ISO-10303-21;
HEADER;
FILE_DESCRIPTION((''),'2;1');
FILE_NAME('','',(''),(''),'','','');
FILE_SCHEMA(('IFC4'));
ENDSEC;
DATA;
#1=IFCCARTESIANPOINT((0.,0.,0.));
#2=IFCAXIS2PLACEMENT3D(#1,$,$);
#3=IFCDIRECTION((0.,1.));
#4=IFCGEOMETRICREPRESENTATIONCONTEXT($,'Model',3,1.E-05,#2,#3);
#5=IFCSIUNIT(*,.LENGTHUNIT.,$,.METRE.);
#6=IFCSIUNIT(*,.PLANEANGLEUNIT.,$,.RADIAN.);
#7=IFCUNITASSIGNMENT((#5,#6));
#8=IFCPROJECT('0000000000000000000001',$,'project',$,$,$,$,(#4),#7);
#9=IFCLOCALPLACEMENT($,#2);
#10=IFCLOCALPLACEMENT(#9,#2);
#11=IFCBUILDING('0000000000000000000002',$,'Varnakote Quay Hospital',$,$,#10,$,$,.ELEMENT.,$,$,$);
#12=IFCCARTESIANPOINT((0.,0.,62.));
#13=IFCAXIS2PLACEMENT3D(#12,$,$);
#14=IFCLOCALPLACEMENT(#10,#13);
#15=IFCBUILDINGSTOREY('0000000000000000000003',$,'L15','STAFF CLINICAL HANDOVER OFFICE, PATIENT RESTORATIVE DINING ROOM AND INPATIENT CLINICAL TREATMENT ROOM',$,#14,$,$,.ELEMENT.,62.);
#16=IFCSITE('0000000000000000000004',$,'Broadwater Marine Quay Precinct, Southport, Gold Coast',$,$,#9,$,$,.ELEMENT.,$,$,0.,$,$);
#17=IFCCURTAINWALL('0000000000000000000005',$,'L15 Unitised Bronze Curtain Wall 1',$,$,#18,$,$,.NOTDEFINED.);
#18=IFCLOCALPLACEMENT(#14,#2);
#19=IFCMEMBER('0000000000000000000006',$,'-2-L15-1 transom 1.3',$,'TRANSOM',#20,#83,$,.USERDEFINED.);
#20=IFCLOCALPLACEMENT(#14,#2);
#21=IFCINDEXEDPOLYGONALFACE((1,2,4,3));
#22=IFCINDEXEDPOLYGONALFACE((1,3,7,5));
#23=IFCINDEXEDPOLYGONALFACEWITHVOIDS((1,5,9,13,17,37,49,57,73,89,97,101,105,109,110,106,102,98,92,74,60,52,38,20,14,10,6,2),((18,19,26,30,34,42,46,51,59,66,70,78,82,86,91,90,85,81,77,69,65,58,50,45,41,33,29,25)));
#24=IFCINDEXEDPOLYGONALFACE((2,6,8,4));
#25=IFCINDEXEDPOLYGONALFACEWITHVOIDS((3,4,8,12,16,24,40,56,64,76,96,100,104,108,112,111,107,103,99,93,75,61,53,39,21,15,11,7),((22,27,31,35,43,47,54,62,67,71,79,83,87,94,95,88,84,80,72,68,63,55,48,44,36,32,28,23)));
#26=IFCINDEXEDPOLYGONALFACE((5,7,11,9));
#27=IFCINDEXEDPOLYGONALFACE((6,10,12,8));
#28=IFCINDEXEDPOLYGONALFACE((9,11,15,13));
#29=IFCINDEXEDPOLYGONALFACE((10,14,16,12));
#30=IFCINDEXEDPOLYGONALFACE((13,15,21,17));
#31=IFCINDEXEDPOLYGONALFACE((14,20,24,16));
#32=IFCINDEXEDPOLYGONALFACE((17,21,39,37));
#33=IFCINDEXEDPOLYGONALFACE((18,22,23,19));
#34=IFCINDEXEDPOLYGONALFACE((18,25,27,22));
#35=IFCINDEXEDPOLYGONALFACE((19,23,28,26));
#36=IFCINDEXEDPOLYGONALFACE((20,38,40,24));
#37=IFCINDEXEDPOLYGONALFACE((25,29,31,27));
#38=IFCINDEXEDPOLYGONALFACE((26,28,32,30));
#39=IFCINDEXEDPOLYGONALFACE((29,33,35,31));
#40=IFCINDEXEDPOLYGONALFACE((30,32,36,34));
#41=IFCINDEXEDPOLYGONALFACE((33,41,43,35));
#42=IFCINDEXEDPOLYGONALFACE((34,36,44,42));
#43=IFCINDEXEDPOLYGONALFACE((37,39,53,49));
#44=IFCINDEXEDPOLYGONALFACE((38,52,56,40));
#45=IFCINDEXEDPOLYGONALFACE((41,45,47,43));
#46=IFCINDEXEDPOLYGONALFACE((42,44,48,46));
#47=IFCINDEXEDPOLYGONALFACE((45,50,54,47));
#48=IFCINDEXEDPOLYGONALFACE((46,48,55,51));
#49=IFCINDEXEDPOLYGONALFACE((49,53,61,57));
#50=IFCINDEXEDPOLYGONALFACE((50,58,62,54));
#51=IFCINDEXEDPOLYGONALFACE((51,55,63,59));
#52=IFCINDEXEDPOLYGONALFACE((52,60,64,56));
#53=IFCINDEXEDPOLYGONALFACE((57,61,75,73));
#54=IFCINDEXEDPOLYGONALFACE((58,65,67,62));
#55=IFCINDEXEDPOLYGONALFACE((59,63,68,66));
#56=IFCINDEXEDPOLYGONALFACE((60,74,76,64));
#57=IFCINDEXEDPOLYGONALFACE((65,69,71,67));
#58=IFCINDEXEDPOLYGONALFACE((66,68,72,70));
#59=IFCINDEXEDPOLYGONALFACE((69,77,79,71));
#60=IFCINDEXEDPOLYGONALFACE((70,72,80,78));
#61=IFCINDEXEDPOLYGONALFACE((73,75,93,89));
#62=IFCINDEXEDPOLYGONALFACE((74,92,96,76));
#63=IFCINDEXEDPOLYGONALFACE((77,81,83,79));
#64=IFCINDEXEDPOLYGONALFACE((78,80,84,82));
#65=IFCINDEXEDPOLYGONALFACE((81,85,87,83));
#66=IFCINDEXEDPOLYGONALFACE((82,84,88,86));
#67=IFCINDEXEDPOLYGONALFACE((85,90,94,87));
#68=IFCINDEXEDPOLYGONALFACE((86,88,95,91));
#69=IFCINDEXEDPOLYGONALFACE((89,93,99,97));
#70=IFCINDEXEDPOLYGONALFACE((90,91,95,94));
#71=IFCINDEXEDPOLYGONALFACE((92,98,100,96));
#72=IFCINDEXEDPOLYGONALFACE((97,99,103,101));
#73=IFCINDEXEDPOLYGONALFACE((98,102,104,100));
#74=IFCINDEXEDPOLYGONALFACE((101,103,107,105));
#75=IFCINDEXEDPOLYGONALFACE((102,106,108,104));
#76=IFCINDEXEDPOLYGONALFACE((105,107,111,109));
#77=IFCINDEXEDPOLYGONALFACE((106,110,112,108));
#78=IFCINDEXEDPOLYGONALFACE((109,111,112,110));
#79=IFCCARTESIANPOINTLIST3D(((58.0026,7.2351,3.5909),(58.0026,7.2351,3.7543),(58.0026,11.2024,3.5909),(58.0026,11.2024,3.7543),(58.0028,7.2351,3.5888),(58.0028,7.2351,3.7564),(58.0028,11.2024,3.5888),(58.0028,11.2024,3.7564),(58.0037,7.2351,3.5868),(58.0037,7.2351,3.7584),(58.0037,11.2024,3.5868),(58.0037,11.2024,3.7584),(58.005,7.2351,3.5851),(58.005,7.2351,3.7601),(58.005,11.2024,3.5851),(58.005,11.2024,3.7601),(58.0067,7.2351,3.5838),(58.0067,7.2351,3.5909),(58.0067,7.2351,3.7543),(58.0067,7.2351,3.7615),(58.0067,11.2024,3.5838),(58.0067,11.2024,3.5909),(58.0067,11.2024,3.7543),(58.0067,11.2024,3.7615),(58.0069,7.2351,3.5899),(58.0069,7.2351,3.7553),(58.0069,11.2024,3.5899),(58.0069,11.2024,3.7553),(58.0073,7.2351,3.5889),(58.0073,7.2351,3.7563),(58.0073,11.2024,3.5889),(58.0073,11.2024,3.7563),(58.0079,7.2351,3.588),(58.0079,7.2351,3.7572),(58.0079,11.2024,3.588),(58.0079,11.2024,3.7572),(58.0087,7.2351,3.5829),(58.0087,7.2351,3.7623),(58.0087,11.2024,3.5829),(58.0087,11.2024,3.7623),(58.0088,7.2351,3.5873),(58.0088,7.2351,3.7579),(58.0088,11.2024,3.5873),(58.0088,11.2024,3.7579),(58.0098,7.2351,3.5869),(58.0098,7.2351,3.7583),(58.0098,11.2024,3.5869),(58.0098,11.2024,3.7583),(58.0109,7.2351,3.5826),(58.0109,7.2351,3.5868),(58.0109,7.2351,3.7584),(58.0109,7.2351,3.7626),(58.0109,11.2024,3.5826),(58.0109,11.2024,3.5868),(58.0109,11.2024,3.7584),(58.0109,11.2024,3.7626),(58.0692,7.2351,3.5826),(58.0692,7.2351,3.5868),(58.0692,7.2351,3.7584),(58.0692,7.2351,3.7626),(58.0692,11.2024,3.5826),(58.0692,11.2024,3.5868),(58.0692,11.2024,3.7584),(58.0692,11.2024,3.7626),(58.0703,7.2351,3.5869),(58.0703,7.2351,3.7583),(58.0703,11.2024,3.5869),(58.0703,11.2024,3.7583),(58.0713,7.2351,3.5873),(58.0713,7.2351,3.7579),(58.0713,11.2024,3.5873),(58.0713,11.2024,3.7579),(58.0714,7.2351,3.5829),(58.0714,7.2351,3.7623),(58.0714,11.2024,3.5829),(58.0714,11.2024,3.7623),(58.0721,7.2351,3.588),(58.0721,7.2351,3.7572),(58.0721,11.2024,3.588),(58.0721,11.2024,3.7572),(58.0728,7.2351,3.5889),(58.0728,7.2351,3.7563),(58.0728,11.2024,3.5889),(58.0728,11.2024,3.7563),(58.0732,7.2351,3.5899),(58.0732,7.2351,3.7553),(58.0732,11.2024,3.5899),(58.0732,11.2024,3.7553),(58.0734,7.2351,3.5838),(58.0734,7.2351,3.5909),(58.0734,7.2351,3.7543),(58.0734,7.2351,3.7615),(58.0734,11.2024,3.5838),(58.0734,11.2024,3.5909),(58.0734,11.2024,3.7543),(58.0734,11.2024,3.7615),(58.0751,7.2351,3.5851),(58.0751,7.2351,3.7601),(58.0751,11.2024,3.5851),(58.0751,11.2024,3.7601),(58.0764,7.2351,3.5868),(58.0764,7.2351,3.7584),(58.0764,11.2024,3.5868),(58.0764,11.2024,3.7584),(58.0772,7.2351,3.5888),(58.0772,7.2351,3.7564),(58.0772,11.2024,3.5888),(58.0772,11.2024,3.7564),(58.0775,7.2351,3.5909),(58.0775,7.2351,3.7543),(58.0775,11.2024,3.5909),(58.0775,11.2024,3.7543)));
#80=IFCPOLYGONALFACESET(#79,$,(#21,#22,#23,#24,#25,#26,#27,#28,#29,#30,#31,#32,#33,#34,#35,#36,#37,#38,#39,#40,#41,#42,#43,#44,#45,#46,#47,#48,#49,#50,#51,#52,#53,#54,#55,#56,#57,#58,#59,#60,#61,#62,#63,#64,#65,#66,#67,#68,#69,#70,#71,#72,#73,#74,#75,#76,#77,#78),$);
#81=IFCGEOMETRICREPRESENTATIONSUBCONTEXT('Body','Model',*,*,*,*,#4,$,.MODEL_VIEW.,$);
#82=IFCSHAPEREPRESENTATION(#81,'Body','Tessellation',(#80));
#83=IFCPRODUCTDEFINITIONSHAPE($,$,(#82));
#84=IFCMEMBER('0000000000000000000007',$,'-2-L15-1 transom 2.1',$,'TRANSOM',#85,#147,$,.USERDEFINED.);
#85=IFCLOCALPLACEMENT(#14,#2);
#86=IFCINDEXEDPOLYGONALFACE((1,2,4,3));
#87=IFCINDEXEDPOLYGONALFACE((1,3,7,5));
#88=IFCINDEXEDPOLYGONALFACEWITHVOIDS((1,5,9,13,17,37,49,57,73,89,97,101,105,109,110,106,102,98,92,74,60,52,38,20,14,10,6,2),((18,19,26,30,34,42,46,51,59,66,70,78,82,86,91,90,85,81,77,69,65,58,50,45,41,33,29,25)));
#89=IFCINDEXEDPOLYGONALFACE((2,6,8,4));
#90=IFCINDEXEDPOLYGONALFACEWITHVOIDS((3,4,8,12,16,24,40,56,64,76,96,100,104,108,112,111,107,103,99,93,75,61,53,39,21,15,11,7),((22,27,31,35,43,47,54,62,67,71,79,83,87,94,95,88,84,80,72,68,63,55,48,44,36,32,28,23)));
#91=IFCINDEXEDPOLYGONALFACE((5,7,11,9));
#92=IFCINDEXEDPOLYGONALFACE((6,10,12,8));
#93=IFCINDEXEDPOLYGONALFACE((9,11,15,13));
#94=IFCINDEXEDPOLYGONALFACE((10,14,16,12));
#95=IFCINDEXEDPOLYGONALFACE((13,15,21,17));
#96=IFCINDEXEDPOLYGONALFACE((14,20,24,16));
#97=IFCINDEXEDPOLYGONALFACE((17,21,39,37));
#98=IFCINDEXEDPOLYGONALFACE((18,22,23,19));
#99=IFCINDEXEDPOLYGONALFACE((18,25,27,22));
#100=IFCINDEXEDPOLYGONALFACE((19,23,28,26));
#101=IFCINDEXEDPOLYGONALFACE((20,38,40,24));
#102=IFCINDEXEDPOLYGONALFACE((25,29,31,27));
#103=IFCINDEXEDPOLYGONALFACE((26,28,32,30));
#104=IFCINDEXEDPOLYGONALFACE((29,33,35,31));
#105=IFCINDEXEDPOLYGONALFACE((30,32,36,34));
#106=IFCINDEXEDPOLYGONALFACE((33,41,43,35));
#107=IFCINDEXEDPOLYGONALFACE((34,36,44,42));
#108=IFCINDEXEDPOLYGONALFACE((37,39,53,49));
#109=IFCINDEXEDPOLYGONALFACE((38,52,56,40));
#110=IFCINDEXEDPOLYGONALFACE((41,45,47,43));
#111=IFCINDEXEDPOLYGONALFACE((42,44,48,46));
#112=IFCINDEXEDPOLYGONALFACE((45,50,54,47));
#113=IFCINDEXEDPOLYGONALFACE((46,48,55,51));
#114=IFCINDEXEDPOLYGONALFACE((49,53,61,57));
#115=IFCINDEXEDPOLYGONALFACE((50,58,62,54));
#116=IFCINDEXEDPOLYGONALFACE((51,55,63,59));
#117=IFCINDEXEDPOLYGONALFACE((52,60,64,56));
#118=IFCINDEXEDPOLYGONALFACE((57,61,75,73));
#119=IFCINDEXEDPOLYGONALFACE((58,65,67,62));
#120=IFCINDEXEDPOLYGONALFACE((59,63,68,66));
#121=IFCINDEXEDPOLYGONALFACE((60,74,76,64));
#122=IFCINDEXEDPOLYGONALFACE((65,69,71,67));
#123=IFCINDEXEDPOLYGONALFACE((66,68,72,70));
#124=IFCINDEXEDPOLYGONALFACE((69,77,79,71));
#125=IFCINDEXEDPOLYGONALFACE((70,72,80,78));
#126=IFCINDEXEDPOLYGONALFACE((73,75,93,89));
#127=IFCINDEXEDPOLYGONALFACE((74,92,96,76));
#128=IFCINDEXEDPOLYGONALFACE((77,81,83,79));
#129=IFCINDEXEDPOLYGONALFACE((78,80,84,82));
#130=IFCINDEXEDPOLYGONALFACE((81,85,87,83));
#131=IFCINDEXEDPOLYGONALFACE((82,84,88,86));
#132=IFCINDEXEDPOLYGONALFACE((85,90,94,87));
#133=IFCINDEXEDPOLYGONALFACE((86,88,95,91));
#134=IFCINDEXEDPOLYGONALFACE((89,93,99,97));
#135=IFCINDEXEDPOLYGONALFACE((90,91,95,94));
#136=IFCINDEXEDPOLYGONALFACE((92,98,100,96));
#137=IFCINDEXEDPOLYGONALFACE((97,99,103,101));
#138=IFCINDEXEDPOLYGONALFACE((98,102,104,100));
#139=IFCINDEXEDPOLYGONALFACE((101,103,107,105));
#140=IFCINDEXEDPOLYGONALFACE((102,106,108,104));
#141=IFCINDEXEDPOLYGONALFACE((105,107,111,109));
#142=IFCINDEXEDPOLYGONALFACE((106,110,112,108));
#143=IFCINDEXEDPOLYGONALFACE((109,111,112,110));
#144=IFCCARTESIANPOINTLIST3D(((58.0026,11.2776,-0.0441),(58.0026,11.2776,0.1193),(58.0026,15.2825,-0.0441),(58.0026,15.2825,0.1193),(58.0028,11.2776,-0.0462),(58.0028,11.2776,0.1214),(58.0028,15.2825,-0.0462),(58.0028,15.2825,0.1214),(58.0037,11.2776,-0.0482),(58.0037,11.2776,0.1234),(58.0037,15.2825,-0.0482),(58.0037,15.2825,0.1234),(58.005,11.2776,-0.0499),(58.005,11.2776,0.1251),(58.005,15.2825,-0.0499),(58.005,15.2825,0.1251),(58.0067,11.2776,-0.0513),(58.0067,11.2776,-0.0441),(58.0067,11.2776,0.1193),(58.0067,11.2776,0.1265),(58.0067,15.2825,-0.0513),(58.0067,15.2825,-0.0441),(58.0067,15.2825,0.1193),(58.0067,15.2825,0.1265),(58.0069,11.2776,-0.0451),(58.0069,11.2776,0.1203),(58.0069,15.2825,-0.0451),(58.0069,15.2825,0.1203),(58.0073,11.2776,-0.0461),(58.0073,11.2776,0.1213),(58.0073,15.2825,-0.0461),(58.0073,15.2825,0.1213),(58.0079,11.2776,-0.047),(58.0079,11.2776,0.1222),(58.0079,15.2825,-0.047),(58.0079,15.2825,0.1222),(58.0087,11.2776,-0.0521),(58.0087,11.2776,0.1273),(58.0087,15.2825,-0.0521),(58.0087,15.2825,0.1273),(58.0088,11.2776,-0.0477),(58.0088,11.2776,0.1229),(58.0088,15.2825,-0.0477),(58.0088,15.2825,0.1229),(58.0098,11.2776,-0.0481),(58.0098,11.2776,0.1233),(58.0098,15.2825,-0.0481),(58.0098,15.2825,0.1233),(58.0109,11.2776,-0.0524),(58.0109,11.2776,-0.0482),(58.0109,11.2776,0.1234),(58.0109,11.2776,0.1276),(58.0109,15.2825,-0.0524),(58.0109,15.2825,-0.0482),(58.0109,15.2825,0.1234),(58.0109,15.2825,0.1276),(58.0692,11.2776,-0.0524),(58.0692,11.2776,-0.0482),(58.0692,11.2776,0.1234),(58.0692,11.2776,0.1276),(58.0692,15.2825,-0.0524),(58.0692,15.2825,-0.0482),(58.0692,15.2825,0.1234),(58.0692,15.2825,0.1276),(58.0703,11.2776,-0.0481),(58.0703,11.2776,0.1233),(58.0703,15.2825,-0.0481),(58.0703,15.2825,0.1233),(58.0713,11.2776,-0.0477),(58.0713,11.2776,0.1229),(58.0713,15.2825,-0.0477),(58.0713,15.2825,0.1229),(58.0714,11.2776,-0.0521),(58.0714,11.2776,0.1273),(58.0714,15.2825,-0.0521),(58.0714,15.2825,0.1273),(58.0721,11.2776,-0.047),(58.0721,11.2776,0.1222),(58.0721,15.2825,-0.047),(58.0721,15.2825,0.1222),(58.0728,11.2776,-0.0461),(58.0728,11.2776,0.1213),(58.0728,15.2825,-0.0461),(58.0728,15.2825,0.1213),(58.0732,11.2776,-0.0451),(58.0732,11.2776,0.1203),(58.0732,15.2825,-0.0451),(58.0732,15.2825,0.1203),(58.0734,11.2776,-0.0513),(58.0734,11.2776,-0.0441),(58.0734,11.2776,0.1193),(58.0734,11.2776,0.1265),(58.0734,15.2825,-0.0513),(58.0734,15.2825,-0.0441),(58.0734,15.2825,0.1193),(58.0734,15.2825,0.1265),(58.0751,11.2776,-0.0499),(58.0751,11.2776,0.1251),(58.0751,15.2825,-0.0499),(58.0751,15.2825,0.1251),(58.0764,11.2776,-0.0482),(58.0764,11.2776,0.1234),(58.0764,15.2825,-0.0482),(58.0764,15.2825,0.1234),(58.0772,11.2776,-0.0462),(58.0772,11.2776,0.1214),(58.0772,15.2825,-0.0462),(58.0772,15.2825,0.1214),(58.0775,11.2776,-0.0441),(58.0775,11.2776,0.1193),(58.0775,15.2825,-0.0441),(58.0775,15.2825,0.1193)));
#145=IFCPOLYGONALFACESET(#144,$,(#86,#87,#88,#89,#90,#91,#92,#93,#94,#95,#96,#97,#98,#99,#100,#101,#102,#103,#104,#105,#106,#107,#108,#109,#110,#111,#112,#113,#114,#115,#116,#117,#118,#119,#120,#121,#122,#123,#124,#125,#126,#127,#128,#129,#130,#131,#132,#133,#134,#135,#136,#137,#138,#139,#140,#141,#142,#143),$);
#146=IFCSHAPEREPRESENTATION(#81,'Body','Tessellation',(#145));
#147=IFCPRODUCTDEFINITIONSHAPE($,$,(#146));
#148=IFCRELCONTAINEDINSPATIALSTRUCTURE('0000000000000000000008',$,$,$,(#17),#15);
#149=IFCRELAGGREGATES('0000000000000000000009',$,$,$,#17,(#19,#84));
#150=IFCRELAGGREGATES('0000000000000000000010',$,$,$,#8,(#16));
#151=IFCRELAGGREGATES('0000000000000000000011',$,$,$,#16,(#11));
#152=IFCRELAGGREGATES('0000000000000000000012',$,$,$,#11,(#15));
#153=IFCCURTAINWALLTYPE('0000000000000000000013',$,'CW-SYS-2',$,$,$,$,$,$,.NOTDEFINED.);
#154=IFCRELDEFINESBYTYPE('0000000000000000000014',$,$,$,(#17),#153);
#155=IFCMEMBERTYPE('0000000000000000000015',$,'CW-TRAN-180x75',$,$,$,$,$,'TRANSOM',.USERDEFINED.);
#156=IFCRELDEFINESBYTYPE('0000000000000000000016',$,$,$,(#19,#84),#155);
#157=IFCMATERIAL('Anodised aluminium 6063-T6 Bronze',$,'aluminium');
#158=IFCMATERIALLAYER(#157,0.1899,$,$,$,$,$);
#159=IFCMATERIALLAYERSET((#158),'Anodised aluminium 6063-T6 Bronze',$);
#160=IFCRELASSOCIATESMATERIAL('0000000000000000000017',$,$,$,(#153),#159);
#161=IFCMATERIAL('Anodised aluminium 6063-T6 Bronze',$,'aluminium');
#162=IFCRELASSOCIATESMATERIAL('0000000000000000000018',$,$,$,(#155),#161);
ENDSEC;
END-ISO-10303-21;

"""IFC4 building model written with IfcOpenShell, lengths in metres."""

from ifc_helpers import new_model, si_unit, direction, frame, origin, origin_2d, place, context, subcontext, project, spatial, hollow_rectangle, extrude, material, layer, layer_set, material_profile, profile_set, type_object, element, aggregate, save


model = new_model("IFC4")

# Units and contexts
model_context = context("Model", 3, precision=1e-05, world=origin(), true_north=direction((0.0, 1.0)))
body_context = subcontext(model_context, "Body", "Model", "MODEL_VIEW")
ifc_project = project(units=[si_unit("LENGTHUNIT", "METRE"), si_unit("PLANEANGLEUNIT", "RADIAN")], contexts=[model_context])

# Site, building, storey
site_placement = place(None, origin())
site = spatial("IfcSite", under=ifc_project, at=site_placement, Name="Broadwater Marine Quay Precinct, Southport, Gold Coast", CompositionType="ELEMENT", RefElevation=0.0)
building_placement = place(site_placement, origin())
building = spatial("IfcBuilding", under=site, at=building_placement, Name="Varnakote Quay Hospital", CompositionType="ELEMENT")
storey_placement = place(building_placement, frame((0.0, 0.0, 62.0)))
storey = spatial("IfcBuildingStorey", under=building, at=storey_placement, Name="L15", Description="STAFF CLINICAL HANDOVER OFFICE, PATIENT RESTORATIVE DINING ROOM AND INPATIENT CLINICAL TREATMENT ROOM", CompositionType="ELEMENT", Elevation=62.0)

# Curtain wall, members
ifc_material_1 = material(Name="Anodised aluminium 6063-T6 Bronze", Category="aluminium")
ifc_layer_1 = layer(ifc_material_1, 0.1899)
ifc_layer_set_1 = layer_set([ifc_layer_1], Name="Anodised aluminium 6063-T6 Bronze")
curtain_wall_type = type_object("IfcCurtainWallType", Name="CW-SYS-2", PredefinedType="NOTDEFINED", material=ifc_layer_set_1)
curtain_wall_placement = place(storey_placement, origin())
curtain_wall = element("IfcCurtainWall", 1, at=curtain_wall_placement, inside=storey, type_object=curtain_wall_type, Name="L15 Unitised Bronze Curtain Wall 1", PredefinedType="NOTDEFINED")
ifc_material_2 = material(Name="Anodised aluminium 6063-T6 Bronze", Category="aluminium")
ifc_material_profile_1 = material_profile(ifc_material_2, hollow_rectangle(XDim=0.075, YDim=0.1799, WallThickness=0.0042, InnerFilletRadius=0.0042, OuterFilletRadius=0.0083, at=origin_2d()), Name="CW-TRAN-180x75")
ifc_profile_set_1 = profile_set([ifc_material_profile_1], Name="Anodised aluminium 6063-T6 Bronze")
member_type_1 = type_object("IfcMemberType", Name="CW-TRAN-180x75", ElementType="TRANSOM", PredefinedType="USERDEFINED", material=ifc_profile_set_1)
member_1_placement = place(storey_placement, frame((58.04, 7.2351, 3.6726), z_axis=(0.0, 1.0, 0.0), x_axis=(-1.0, 0.0, 0.0)))
member_1 = element("IfcMember", 2, at=member_1_placement, type_object=member_type_1, Name="-2-L15-1 transom 1.3", ObjectType="TRANSOM", PredefinedType="USERDEFINED", context=body_context, shape_type="SweptSolid", body=[
    extrude(hollow_rectangle(XDim=0.075, YDim=0.1799, WallThickness=0.0042, InnerFilletRadius=0.0042, OuterFilletRadius=0.0083, at=origin_2d()), origin(), (0.0, 0.0, 1.0), 3.9673),
])
member_2_placement = place(storey_placement, frame((58.04, 11.2776, 0.0376), z_axis=(0.0, 1.0, 0.0), x_axis=(-1.0, 0.0, 0.0)))
member_2 = element("IfcMember", 3, at=member_2_placement, type_object=member_type_1, Name="-2-L15-1 transom 2.1", ObjectType="TRANSOM", PredefinedType="USERDEFINED", context=body_context, shape_type="SweptSolid", body=[
    extrude(hollow_rectangle(XDim=0.075, YDim=0.1799, WallThickness=0.0042, InnerFilletRadius=0.0042, OuterFilletRadius=0.0083, at=origin_2d()), origin(), (0.0, 0.0, 1.0), 4.0049),
])
aggregate(curtain_wall, [member_1, member_2])

save(model, "model.ifc")
